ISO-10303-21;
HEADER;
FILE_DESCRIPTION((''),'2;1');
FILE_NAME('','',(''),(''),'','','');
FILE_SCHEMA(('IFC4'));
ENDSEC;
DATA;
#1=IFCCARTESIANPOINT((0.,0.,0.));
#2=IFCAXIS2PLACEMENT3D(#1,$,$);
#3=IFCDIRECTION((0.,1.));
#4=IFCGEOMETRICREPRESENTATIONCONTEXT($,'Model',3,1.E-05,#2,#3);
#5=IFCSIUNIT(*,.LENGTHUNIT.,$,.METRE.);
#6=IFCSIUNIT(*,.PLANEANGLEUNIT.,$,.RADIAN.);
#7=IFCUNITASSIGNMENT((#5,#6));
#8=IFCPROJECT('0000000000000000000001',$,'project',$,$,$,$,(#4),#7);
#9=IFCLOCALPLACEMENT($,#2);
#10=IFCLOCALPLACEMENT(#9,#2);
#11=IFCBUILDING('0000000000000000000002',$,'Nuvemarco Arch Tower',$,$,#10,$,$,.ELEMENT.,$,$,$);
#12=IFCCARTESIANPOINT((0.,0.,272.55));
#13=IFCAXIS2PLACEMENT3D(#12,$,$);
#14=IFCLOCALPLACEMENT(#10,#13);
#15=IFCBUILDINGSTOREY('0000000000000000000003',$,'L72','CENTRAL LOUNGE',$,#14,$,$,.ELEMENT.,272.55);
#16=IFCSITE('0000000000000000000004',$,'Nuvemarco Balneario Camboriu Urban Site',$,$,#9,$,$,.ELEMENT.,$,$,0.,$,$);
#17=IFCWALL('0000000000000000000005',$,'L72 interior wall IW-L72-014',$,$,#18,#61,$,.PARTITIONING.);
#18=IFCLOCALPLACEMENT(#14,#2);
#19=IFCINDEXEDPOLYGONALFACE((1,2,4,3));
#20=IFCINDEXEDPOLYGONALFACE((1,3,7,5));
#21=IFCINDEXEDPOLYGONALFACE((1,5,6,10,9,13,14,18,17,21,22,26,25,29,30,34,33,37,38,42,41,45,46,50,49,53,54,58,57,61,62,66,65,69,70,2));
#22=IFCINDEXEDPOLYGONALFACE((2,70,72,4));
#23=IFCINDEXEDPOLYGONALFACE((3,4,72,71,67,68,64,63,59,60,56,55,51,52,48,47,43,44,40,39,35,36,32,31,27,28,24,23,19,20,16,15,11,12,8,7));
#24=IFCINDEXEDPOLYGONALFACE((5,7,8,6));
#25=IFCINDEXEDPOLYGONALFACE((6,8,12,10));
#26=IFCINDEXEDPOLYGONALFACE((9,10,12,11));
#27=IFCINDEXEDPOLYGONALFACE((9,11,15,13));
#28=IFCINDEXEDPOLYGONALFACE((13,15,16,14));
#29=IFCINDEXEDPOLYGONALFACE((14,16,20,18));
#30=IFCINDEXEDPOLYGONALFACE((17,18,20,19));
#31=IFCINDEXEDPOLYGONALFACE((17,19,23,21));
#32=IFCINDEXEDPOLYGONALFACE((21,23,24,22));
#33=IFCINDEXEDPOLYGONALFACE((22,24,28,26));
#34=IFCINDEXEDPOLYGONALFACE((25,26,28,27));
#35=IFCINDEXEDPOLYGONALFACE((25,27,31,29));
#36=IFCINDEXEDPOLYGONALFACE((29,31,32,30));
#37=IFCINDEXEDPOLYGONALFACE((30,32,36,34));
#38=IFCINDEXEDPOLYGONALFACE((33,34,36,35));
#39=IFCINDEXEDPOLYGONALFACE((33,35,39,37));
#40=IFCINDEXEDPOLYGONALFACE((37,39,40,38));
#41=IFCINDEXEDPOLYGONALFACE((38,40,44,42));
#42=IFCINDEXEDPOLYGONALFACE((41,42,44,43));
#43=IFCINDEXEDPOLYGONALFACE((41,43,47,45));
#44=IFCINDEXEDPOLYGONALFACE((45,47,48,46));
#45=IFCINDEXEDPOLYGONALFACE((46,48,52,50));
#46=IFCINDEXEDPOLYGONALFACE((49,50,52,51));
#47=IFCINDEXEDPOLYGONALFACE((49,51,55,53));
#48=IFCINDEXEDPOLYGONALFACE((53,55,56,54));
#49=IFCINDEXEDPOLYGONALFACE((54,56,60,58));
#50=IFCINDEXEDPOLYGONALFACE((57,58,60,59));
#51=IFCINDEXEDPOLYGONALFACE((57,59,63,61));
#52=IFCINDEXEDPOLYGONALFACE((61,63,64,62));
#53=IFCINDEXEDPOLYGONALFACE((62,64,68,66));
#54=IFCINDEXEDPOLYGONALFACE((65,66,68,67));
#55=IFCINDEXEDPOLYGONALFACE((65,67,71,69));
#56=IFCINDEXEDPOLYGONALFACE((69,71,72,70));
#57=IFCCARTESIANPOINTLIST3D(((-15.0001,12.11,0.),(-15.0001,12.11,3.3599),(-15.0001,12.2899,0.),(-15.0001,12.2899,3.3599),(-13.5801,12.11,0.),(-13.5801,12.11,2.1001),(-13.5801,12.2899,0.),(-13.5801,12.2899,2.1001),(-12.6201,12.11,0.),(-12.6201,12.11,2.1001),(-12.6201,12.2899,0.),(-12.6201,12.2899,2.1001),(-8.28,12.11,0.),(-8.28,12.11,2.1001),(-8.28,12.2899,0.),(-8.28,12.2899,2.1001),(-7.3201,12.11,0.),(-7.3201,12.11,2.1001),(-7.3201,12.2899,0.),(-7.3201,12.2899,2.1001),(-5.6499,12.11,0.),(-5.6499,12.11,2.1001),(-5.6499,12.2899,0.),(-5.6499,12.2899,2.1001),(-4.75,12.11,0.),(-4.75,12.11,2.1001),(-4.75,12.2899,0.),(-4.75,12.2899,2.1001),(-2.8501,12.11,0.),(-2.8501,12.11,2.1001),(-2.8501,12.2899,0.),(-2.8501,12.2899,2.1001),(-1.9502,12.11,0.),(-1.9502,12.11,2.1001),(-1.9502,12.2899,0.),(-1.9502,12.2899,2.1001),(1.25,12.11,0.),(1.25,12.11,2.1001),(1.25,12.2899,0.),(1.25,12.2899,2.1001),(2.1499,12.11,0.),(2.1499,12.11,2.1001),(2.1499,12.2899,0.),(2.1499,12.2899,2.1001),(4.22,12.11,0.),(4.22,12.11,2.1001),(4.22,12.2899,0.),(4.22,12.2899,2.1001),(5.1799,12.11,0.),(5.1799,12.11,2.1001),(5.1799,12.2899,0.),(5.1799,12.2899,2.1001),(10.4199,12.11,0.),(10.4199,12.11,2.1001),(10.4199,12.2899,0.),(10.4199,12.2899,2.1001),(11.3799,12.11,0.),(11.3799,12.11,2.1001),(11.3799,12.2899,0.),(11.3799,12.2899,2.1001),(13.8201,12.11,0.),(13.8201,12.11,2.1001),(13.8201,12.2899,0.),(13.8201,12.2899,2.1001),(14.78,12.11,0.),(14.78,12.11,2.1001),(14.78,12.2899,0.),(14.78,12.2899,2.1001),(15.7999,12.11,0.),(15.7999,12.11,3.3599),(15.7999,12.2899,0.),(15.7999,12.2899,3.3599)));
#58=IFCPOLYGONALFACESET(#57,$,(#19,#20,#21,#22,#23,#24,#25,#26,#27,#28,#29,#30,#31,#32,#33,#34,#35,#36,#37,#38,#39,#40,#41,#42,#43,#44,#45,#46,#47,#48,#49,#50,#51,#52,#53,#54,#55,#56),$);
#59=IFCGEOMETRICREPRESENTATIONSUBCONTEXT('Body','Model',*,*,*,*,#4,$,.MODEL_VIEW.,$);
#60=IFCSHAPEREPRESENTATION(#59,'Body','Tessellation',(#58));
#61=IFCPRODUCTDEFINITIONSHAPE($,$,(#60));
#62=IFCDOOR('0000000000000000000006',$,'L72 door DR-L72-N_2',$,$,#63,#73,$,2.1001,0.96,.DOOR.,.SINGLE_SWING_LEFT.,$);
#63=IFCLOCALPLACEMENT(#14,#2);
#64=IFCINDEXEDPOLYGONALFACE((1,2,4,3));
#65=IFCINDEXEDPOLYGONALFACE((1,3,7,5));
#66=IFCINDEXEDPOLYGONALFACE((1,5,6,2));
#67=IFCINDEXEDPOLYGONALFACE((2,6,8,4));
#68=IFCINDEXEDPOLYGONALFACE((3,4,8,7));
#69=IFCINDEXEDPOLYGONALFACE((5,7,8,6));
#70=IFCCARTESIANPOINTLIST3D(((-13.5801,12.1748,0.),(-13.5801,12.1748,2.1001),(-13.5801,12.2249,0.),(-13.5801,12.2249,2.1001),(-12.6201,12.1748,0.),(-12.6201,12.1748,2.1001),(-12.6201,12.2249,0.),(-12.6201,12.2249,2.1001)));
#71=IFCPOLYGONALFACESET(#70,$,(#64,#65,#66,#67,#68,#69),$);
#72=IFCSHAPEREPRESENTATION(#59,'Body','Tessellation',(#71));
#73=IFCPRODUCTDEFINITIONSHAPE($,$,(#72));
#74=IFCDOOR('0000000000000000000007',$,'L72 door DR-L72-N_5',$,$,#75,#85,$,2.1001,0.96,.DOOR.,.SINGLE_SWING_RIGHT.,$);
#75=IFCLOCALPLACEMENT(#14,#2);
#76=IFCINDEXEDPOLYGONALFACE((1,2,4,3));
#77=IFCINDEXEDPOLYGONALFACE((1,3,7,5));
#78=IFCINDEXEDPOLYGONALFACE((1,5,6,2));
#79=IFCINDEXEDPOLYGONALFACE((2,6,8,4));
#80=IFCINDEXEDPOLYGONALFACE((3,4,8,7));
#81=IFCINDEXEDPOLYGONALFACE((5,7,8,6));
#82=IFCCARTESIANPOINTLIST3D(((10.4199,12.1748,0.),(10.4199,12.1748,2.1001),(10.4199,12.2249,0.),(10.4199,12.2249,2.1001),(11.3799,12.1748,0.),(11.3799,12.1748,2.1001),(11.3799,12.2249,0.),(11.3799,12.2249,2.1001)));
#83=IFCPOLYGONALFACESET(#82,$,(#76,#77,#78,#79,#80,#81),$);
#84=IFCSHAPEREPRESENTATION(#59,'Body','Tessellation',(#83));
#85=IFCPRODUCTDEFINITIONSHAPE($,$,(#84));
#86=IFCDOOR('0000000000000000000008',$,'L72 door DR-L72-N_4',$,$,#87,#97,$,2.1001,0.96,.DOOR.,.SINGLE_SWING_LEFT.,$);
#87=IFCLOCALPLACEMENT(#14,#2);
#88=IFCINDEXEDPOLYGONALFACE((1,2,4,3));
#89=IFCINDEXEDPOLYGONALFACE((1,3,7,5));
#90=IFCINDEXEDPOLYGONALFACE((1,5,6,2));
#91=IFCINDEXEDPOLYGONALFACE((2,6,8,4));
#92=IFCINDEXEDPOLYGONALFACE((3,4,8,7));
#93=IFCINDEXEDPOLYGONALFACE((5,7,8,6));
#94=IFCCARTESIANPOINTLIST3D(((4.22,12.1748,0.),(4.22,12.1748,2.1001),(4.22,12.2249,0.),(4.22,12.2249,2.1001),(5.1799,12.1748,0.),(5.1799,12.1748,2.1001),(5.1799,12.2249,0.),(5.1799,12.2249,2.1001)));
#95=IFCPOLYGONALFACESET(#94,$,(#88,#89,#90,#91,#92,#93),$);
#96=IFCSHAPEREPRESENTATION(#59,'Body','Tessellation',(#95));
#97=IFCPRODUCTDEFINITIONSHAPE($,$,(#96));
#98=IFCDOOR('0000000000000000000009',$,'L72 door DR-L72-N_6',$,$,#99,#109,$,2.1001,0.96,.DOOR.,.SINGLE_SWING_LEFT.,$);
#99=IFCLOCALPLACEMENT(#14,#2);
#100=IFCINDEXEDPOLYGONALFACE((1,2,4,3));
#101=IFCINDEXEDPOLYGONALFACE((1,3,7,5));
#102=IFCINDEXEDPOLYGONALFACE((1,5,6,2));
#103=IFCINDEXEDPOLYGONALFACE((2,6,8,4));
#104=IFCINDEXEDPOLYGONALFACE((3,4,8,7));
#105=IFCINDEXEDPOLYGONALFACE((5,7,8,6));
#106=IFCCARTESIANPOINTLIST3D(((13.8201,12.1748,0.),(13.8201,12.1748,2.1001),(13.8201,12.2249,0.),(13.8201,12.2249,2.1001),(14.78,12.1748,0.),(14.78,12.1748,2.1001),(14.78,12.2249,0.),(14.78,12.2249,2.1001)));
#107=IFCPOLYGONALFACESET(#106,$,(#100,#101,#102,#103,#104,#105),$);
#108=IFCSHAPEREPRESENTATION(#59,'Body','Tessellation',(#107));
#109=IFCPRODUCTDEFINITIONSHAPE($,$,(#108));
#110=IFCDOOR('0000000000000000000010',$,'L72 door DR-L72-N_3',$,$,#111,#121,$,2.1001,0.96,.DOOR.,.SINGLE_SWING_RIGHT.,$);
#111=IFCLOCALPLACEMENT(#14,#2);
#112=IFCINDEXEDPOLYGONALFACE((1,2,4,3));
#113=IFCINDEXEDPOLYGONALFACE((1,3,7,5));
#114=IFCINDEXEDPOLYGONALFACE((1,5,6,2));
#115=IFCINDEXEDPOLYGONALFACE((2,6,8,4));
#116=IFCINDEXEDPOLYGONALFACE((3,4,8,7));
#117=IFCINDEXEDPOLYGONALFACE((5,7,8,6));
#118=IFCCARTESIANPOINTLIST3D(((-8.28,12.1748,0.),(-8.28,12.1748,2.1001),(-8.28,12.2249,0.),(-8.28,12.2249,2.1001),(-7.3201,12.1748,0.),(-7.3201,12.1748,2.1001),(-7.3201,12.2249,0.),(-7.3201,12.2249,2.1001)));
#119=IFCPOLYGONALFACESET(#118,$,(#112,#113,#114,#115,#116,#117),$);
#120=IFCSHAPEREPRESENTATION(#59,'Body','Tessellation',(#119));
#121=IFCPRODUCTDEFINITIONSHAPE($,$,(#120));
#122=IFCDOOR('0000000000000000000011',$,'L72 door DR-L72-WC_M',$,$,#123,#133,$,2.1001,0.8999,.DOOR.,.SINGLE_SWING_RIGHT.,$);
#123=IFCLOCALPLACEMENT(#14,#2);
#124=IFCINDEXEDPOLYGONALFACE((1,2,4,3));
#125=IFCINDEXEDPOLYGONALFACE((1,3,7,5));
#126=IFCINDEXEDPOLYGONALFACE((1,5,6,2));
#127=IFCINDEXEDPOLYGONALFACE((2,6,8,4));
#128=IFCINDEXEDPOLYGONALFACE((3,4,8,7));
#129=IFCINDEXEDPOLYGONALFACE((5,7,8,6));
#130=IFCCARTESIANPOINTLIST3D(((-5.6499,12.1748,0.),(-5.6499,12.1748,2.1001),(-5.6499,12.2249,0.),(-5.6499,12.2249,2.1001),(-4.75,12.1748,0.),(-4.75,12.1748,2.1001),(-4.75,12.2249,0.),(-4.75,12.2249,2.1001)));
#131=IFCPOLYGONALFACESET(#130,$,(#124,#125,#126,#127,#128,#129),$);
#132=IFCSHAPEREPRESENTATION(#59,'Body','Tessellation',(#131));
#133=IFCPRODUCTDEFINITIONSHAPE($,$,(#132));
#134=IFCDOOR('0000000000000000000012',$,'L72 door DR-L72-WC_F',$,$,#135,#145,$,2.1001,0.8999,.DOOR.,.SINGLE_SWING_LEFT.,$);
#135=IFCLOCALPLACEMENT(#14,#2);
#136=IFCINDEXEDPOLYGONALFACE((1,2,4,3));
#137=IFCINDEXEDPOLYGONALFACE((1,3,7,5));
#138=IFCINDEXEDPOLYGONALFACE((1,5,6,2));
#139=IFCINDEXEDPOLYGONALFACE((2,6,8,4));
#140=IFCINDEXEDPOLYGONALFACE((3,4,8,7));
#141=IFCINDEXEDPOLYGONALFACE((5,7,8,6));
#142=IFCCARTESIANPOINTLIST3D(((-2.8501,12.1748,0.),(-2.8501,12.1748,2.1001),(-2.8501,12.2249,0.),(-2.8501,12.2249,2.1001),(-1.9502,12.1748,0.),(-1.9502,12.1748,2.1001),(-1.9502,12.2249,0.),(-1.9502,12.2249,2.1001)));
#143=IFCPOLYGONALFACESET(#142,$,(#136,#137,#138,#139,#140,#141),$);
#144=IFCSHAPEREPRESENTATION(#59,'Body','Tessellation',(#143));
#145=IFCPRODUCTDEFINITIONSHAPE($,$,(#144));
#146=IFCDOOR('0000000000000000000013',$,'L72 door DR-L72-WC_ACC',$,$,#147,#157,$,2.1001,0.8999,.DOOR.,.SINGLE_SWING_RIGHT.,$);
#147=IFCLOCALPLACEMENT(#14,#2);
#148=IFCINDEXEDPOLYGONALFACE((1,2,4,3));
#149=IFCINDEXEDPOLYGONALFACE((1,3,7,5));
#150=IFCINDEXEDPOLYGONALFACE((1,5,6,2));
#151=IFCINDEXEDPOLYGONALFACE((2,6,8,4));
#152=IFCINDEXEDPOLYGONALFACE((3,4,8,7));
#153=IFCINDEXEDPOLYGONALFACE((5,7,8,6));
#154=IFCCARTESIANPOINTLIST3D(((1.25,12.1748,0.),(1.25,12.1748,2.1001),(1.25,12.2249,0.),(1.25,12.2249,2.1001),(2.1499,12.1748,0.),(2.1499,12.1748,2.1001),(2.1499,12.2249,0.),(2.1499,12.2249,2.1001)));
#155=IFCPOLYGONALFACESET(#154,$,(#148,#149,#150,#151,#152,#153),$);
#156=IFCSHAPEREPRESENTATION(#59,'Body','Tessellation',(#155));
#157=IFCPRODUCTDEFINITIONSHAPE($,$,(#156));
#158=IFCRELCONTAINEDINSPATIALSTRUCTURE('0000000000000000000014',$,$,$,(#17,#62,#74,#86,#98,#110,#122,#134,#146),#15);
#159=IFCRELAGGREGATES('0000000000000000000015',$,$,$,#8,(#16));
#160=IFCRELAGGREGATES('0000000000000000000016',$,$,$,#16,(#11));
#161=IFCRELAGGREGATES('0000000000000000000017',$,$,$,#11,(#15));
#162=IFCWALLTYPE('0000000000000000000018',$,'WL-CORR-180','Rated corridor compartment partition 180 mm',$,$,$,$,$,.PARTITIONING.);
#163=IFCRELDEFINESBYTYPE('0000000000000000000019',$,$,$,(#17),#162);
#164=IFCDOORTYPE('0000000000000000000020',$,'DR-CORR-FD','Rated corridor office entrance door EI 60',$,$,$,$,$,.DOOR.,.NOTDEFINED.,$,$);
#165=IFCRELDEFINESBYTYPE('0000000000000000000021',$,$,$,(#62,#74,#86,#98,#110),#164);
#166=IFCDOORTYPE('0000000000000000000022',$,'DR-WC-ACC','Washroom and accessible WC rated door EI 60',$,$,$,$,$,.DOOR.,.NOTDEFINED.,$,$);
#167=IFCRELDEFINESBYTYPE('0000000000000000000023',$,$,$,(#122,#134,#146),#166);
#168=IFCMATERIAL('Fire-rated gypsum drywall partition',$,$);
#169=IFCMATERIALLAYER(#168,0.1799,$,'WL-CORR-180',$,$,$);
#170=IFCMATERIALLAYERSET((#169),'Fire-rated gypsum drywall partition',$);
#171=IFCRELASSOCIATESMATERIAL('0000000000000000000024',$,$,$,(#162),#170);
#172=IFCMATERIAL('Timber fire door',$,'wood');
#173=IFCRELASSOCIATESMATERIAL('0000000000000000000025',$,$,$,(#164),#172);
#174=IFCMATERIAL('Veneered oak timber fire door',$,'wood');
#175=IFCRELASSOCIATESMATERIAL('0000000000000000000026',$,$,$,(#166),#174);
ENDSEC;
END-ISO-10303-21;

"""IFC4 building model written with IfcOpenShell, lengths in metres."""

from ifc_helpers import new_model, si_unit, direction, frame, frame_2d, origin, place, context, subcontext, project, spatial, rectangle, extrude, source, transform, mapped, material, layer, layer_set, type_object, type_shapes, element, fill, save


model = new_model("IFC4")

# Units and contexts
model_context = context("Model", 3, precision=1e-05, world=origin(), true_north=direction((0.0, 1.0)))
body_context = subcontext(model_context, "Body", "Model", "MODEL_VIEW")
ifc_project = project(units=[si_unit("LENGTHUNIT", "METRE"), si_unit("PLANEANGLEUNIT", "RADIAN")], contexts=[model_context])

# Site, building, storey
site_placement = place(None, origin())
site = spatial("IfcSite", under=ifc_project, at=site_placement, Name="Nuvemarco Balneario Camboriu Urban Site", CompositionType="ELEMENT", RefElevation=0.0)
building_placement = place(site_placement, origin())
building = spatial("IfcBuilding", under=site, at=building_placement, Name="Nuvemarco Arch Tower", CompositionType="ELEMENT")
storey_placement = place(building_placement, frame((0.0, 0.0, 272.55)))
storey = spatial("IfcBuildingStorey", under=building, at=storey_placement, Name="L72", Description="CENTRAL LOUNGE", CompositionType="ELEMENT", Elevation=272.55)

# Shared definitions
ifc_material_1 = material(Name="Fire-rated gypsum drywall partition")
ifc_layer_1 = layer(ifc_material_1, 0.1799, Name="WL-CORR-180")
ifc_layer_set_1 = layer_set([ifc_layer_1], Name="Fire-rated gypsum drywall partition")
wall_type_1 = type_object("IfcWallType", Name="WL-CORR-180", Description="Rated corridor compartment partition 180 mm", PredefinedType="PARTITIONING", material=ifc_layer_set_1)

# Wall, openings, doors
wall_1_placement = place(storey_placement, frame((-15.0, 12.2, 0.0), z_axis=(0.0, 0.0, 1.0), x_axis=(1.0, 0.0, 0.0)))
wall_1 = element("IfcWall", 1, at=wall_1_placement, inside=storey, type_object=wall_type_1, Name="L72 interior wall IW-L72-014", PredefinedType="PARTITIONING", context=body_context, shape_type="SweptSolid", body=[
    extrude(rectangle(XDim=30.8, YDim=0.1799, at=frame_2d((15.3999, 0.0))), origin(), (0.0, 0.0, 1.0), 3.3599),
])
opening_1_placement = place(wall_1_placement, frame((1.4199, 0.0, 0.0)))
opening_1 = element("IfcOpeningElement", 2, at=opening_1_placement, cuts=wall_1, PredefinedType="OPENING", context=body_context, shape_type="SweptSolid", body=[
    extrude(rectangle(XDim=0.96, YDim=2.1001, at=frame_2d((0.48, 1.05))), frame((0.0, 0.0999, 0.0), z_axis=(0.0, -1.0, 0.0), x_axis=(1.0, 0.0, 0.0)), (0.0, 0.0, 1.0), 0.2),
])
opening_2_placement = place(wall_1_placement, frame((25.4199, 0.0, 0.0)))
opening_2 = element("IfcOpeningElement", 3, at=opening_2_placement, cuts=wall_1, PredefinedType="OPENING", context=body_context, shape_type="SweptSolid", body=[
    extrude(rectangle(XDim=0.96, YDim=2.1001, at=frame_2d((0.48, 1.05))), frame((0.0, 0.0999, 0.0), z_axis=(0.0, -1.0, 0.0), x_axis=(1.0, 0.0, 0.0)), (0.0, 0.0, 1.0), 0.2),
])
opening_3_placement = place(wall_1_placement, frame((19.22, 0.0, 0.0)))
opening_3 = element("IfcOpeningElement", 4, at=opening_3_placement, cuts=wall_1, PredefinedType="OPENING", context=body_context, shape_type="SweptSolid", body=[
    extrude(rectangle(XDim=0.96, YDim=2.1001, at=frame_2d((0.48, 1.05))), frame((0.0, 0.0999, 0.0), z_axis=(0.0, -1.0, 0.0), x_axis=(1.0, 0.0, 0.0)), (0.0, 0.0, 1.0), 0.2),
])
opening_4_placement = place(wall_1_placement, frame((28.8201, 0.0, 0.0)))
opening_4 = element("IfcOpeningElement", 5, at=opening_4_placement, cuts=wall_1, PredefinedType="OPENING", context=body_context, shape_type="SweptSolid", body=[
    extrude(rectangle(XDim=0.96, YDim=2.1001, at=frame_2d((0.48, 1.05))), frame((0.0, 0.0999, 0.0), z_axis=(0.0, -1.0, 0.0), x_axis=(1.0, 0.0, 0.0)), (0.0, 0.0, 1.0), 0.2),
])
opening_5_placement = place(wall_1_placement, frame((9.3501, 0.0, 0.0)))
opening_5 = element("IfcOpeningElement", 6, at=opening_5_placement, cuts=wall_1, PredefinedType="OPENING", context=body_context, shape_type="SweptSolid", body=[
    extrude(rectangle(XDim=0.8999, YDim=2.1001, at=frame_2d((0.45, 1.05))), frame((0.0, 0.0999, 0.0), z_axis=(0.0, -1.0, 0.0), x_axis=(1.0, 0.0, 0.0)), (0.0, 0.0, 1.0), 0.2),
])
opening_6_placement = place(wall_1_placement, frame((12.1499, 0.0, 0.0)))
opening_6 = element("IfcOpeningElement", 7, at=opening_6_placement, cuts=wall_1, PredefinedType="OPENING", context=body_context, shape_type="SweptSolid", body=[
    extrude(rectangle(XDim=0.8999, YDim=2.1001, at=frame_2d((0.45, 1.05))), frame((0.0, 0.0999, 0.0), z_axis=(0.0, -1.0, 0.0), x_axis=(1.0, 0.0, 0.0)), (0.0, 0.0, 1.0), 0.2),
])
opening_7_placement = place(wall_1_placement, frame((6.72, 0.0, 0.0)))
opening_7 = element("IfcOpeningElement", 8, at=opening_7_placement, cuts=wall_1, PredefinedType="OPENING", context=body_context, shape_type="SweptSolid", body=[
    extrude(rectangle(XDim=0.96, YDim=2.1001, at=frame_2d((0.48, 1.05))), frame((0.0, 0.0999, 0.0), z_axis=(0.0, -1.0, 0.0), x_axis=(1.0, 0.0, 0.0)), (0.0, 0.0, 1.0), 0.2),
])
opening_8_placement = place(wall_1_placement, frame((16.25, 0.0, 0.0)))
opening_8 = element("IfcOpeningElement", 9, at=opening_8_placement, cuts=wall_1, PredefinedType="OPENING", context=body_context, shape_type="SweptSolid", body=[
    extrude(rectangle(XDim=0.8999, YDim=2.1001, at=frame_2d((0.45, 1.05))), frame((0.0, 0.0999, 0.0), z_axis=(0.0, -1.0, 0.0), x_axis=(1.0, 0.0, 0.0)), (0.0, 0.0, 1.0), 0.2),
])
ifc_material_2 = material(Name="Timber fire door", Category="wood")
door_type_1 = type_object("IfcDoorType", Name="DR-CORR-FD", Description="Rated corridor office entrance door EI 60", OperationType="NOTDEFINED", PredefinedType="DOOR", material=ifc_material_2)
shared_shape_1 = source(origin(), body_context, "Body", "SweptSolid", [
    extrude(rectangle(XDim=0.96, YDim=2.1001, at=frame_2d((0.48, 1.05))), frame((0.0, 0.0249, 0.0), z_axis=(0.0, -1.0, 0.0), x_axis=(1.0, 0.0, 0.0)), (0.0, 0.0, 1.0), 0.05),
])
type_shapes(door_type_1, [shared_shape_1])
door_1_placement = place(opening_1_placement, origin())
door_1 = element("IfcDoor", 10, at=door_1_placement, inside=storey, type_object=door_type_1, Name="L72 door DR-L72-N_2", OperationType="SINGLE_SWING_LEFT", OverallHeight=2.1001, OverallWidth=0.96, PredefinedType="DOOR", context=body_context, shape_type="MappedRepresentation", body=[
    mapped(shared_shape_1, transform((0.0, 0.0, 0.0), scale=1.0)),
])
fill(opening_1, door_1)
door_2_placement = place(opening_2_placement, origin())
door_2 = element("IfcDoor", 11, at=door_2_placement, inside=storey, type_object=door_type_1, Name="L72 door DR-L72-N_5", OperationType="SINGLE_SWING_RIGHT", OverallHeight=2.1001, OverallWidth=0.96, PredefinedType="DOOR", context=body_context, shape_type="MappedRepresentation", body=[
    mapped(shared_shape_1, transform((0.0, 0.0, 0.0), scale=1.0)),
])
fill(opening_2, door_2)
door_3_placement = place(opening_3_placement, origin())
door_3 = element("IfcDoor", 12, at=door_3_placement, inside=storey, type_object=door_type_1, Name="L72 door DR-L72-N_4", OperationType="SINGLE_SWING_LEFT", OverallHeight=2.1001, OverallWidth=0.96, PredefinedType="DOOR", context=body_context, shape_type="MappedRepresentation", body=[
    mapped(shared_shape_1, transform((0.0, 0.0, 0.0), scale=1.0)),
])
fill(opening_3, door_3)
door_4_placement = place(opening_4_placement, origin())
door_4 = element("IfcDoor", 13, at=door_4_placement, inside=storey, type_object=door_type_1, Name="L72 door DR-L72-N_6", OperationType="SINGLE_SWING_LEFT", OverallHeight=2.1001, OverallWidth=0.96, PredefinedType="DOOR", context=body_context, shape_type="MappedRepresentation", body=[
    mapped(shared_shape_1, transform((0.0, 0.0, 0.0), scale=1.0)),
])
fill(opening_4, door_4)
door_5_placement = place(opening_7_placement, origin())
door_5 = element("IfcDoor", 14, at=door_5_placement, inside=storey, type_object=door_type_1, Name="L72 door DR-L72-N_3", OperationType="SINGLE_SWING_RIGHT", OverallHeight=2.1001, OverallWidth=0.96, PredefinedType="DOOR", context=body_context, shape_type="MappedRepresentation", body=[
    mapped(shared_shape_1, transform((0.0, 0.0, 0.0), scale=1.0)),
])
fill(opening_7, door_5)
ifc_material_3 = material(Name="Veneered oak timber fire door", Category="wood")
door_type_2 = type_object("IfcDoorType", Name="DR-WC-ACC", Description="Washroom and accessible WC rated door EI 60", OperationType="NOTDEFINED", PredefinedType="DOOR", material=ifc_material_3)
shared_shape_2 = source(origin(), body_context, "Body", "SweptSolid", [
    extrude(rectangle(XDim=0.8999, YDim=2.1001, at=frame_2d((0.45, 1.05))), frame((0.0, 0.0249, 0.0), z_axis=(0.0, -1.0, 0.0), x_axis=(1.0, 0.0, 0.0)), (0.0, 0.0, 1.0), 0.05),
])
type_shapes(door_type_2, [shared_shape_2])
door_6_placement = place(opening_5_placement, origin())
door_6 = element("IfcDoor", 15, at=door_6_placement, inside=storey, type_object=door_type_2, Name="L72 door DR-L72-WC_M", OperationType="SINGLE_SWING_RIGHT", OverallHeight=2.1001, OverallWidth=0.8999, PredefinedType="DOOR", context=body_context, shape_type="MappedRepresentation", body=[
    mapped(shared_shape_2, transform((0.0, 0.0, 0.0), scale=1.0)),
])
fill(opening_5, door_6)
door_7_placement = place(opening_6_placement, origin())
door_7 = element("IfcDoor", 16, at=door_7_placement, inside=storey, type_object=door_type_2, Name="L72 door DR-L72-WC_F", OperationType="SINGLE_SWING_LEFT", OverallHeight=2.1001, OverallWidth=0.8999, PredefinedType="DOOR", context=body_context, shape_type="MappedRepresentation", body=[
    mapped(shared_shape_2, transform((0.0, 0.0, 0.0), scale=1.0)),
])
fill(opening_6, door_7)
door_8_placement = place(opening_8_placement, origin())
door_8 = element("IfcDoor", 17, at=door_8_placement, inside=storey, type_object=door_type_2, Name="L72 door DR-L72-WC_ACC", OperationType="SINGLE_SWING_RIGHT", OverallHeight=2.1001, OverallWidth=0.8999, PredefinedType="DOOR", context=body_context, shape_type="MappedRepresentation", body=[
    mapped(shared_shape_2, transform((0.0, 0.0, 0.0), scale=1.0)),
])
fill(opening_8, door_8)

save(model, "model.ifc")
